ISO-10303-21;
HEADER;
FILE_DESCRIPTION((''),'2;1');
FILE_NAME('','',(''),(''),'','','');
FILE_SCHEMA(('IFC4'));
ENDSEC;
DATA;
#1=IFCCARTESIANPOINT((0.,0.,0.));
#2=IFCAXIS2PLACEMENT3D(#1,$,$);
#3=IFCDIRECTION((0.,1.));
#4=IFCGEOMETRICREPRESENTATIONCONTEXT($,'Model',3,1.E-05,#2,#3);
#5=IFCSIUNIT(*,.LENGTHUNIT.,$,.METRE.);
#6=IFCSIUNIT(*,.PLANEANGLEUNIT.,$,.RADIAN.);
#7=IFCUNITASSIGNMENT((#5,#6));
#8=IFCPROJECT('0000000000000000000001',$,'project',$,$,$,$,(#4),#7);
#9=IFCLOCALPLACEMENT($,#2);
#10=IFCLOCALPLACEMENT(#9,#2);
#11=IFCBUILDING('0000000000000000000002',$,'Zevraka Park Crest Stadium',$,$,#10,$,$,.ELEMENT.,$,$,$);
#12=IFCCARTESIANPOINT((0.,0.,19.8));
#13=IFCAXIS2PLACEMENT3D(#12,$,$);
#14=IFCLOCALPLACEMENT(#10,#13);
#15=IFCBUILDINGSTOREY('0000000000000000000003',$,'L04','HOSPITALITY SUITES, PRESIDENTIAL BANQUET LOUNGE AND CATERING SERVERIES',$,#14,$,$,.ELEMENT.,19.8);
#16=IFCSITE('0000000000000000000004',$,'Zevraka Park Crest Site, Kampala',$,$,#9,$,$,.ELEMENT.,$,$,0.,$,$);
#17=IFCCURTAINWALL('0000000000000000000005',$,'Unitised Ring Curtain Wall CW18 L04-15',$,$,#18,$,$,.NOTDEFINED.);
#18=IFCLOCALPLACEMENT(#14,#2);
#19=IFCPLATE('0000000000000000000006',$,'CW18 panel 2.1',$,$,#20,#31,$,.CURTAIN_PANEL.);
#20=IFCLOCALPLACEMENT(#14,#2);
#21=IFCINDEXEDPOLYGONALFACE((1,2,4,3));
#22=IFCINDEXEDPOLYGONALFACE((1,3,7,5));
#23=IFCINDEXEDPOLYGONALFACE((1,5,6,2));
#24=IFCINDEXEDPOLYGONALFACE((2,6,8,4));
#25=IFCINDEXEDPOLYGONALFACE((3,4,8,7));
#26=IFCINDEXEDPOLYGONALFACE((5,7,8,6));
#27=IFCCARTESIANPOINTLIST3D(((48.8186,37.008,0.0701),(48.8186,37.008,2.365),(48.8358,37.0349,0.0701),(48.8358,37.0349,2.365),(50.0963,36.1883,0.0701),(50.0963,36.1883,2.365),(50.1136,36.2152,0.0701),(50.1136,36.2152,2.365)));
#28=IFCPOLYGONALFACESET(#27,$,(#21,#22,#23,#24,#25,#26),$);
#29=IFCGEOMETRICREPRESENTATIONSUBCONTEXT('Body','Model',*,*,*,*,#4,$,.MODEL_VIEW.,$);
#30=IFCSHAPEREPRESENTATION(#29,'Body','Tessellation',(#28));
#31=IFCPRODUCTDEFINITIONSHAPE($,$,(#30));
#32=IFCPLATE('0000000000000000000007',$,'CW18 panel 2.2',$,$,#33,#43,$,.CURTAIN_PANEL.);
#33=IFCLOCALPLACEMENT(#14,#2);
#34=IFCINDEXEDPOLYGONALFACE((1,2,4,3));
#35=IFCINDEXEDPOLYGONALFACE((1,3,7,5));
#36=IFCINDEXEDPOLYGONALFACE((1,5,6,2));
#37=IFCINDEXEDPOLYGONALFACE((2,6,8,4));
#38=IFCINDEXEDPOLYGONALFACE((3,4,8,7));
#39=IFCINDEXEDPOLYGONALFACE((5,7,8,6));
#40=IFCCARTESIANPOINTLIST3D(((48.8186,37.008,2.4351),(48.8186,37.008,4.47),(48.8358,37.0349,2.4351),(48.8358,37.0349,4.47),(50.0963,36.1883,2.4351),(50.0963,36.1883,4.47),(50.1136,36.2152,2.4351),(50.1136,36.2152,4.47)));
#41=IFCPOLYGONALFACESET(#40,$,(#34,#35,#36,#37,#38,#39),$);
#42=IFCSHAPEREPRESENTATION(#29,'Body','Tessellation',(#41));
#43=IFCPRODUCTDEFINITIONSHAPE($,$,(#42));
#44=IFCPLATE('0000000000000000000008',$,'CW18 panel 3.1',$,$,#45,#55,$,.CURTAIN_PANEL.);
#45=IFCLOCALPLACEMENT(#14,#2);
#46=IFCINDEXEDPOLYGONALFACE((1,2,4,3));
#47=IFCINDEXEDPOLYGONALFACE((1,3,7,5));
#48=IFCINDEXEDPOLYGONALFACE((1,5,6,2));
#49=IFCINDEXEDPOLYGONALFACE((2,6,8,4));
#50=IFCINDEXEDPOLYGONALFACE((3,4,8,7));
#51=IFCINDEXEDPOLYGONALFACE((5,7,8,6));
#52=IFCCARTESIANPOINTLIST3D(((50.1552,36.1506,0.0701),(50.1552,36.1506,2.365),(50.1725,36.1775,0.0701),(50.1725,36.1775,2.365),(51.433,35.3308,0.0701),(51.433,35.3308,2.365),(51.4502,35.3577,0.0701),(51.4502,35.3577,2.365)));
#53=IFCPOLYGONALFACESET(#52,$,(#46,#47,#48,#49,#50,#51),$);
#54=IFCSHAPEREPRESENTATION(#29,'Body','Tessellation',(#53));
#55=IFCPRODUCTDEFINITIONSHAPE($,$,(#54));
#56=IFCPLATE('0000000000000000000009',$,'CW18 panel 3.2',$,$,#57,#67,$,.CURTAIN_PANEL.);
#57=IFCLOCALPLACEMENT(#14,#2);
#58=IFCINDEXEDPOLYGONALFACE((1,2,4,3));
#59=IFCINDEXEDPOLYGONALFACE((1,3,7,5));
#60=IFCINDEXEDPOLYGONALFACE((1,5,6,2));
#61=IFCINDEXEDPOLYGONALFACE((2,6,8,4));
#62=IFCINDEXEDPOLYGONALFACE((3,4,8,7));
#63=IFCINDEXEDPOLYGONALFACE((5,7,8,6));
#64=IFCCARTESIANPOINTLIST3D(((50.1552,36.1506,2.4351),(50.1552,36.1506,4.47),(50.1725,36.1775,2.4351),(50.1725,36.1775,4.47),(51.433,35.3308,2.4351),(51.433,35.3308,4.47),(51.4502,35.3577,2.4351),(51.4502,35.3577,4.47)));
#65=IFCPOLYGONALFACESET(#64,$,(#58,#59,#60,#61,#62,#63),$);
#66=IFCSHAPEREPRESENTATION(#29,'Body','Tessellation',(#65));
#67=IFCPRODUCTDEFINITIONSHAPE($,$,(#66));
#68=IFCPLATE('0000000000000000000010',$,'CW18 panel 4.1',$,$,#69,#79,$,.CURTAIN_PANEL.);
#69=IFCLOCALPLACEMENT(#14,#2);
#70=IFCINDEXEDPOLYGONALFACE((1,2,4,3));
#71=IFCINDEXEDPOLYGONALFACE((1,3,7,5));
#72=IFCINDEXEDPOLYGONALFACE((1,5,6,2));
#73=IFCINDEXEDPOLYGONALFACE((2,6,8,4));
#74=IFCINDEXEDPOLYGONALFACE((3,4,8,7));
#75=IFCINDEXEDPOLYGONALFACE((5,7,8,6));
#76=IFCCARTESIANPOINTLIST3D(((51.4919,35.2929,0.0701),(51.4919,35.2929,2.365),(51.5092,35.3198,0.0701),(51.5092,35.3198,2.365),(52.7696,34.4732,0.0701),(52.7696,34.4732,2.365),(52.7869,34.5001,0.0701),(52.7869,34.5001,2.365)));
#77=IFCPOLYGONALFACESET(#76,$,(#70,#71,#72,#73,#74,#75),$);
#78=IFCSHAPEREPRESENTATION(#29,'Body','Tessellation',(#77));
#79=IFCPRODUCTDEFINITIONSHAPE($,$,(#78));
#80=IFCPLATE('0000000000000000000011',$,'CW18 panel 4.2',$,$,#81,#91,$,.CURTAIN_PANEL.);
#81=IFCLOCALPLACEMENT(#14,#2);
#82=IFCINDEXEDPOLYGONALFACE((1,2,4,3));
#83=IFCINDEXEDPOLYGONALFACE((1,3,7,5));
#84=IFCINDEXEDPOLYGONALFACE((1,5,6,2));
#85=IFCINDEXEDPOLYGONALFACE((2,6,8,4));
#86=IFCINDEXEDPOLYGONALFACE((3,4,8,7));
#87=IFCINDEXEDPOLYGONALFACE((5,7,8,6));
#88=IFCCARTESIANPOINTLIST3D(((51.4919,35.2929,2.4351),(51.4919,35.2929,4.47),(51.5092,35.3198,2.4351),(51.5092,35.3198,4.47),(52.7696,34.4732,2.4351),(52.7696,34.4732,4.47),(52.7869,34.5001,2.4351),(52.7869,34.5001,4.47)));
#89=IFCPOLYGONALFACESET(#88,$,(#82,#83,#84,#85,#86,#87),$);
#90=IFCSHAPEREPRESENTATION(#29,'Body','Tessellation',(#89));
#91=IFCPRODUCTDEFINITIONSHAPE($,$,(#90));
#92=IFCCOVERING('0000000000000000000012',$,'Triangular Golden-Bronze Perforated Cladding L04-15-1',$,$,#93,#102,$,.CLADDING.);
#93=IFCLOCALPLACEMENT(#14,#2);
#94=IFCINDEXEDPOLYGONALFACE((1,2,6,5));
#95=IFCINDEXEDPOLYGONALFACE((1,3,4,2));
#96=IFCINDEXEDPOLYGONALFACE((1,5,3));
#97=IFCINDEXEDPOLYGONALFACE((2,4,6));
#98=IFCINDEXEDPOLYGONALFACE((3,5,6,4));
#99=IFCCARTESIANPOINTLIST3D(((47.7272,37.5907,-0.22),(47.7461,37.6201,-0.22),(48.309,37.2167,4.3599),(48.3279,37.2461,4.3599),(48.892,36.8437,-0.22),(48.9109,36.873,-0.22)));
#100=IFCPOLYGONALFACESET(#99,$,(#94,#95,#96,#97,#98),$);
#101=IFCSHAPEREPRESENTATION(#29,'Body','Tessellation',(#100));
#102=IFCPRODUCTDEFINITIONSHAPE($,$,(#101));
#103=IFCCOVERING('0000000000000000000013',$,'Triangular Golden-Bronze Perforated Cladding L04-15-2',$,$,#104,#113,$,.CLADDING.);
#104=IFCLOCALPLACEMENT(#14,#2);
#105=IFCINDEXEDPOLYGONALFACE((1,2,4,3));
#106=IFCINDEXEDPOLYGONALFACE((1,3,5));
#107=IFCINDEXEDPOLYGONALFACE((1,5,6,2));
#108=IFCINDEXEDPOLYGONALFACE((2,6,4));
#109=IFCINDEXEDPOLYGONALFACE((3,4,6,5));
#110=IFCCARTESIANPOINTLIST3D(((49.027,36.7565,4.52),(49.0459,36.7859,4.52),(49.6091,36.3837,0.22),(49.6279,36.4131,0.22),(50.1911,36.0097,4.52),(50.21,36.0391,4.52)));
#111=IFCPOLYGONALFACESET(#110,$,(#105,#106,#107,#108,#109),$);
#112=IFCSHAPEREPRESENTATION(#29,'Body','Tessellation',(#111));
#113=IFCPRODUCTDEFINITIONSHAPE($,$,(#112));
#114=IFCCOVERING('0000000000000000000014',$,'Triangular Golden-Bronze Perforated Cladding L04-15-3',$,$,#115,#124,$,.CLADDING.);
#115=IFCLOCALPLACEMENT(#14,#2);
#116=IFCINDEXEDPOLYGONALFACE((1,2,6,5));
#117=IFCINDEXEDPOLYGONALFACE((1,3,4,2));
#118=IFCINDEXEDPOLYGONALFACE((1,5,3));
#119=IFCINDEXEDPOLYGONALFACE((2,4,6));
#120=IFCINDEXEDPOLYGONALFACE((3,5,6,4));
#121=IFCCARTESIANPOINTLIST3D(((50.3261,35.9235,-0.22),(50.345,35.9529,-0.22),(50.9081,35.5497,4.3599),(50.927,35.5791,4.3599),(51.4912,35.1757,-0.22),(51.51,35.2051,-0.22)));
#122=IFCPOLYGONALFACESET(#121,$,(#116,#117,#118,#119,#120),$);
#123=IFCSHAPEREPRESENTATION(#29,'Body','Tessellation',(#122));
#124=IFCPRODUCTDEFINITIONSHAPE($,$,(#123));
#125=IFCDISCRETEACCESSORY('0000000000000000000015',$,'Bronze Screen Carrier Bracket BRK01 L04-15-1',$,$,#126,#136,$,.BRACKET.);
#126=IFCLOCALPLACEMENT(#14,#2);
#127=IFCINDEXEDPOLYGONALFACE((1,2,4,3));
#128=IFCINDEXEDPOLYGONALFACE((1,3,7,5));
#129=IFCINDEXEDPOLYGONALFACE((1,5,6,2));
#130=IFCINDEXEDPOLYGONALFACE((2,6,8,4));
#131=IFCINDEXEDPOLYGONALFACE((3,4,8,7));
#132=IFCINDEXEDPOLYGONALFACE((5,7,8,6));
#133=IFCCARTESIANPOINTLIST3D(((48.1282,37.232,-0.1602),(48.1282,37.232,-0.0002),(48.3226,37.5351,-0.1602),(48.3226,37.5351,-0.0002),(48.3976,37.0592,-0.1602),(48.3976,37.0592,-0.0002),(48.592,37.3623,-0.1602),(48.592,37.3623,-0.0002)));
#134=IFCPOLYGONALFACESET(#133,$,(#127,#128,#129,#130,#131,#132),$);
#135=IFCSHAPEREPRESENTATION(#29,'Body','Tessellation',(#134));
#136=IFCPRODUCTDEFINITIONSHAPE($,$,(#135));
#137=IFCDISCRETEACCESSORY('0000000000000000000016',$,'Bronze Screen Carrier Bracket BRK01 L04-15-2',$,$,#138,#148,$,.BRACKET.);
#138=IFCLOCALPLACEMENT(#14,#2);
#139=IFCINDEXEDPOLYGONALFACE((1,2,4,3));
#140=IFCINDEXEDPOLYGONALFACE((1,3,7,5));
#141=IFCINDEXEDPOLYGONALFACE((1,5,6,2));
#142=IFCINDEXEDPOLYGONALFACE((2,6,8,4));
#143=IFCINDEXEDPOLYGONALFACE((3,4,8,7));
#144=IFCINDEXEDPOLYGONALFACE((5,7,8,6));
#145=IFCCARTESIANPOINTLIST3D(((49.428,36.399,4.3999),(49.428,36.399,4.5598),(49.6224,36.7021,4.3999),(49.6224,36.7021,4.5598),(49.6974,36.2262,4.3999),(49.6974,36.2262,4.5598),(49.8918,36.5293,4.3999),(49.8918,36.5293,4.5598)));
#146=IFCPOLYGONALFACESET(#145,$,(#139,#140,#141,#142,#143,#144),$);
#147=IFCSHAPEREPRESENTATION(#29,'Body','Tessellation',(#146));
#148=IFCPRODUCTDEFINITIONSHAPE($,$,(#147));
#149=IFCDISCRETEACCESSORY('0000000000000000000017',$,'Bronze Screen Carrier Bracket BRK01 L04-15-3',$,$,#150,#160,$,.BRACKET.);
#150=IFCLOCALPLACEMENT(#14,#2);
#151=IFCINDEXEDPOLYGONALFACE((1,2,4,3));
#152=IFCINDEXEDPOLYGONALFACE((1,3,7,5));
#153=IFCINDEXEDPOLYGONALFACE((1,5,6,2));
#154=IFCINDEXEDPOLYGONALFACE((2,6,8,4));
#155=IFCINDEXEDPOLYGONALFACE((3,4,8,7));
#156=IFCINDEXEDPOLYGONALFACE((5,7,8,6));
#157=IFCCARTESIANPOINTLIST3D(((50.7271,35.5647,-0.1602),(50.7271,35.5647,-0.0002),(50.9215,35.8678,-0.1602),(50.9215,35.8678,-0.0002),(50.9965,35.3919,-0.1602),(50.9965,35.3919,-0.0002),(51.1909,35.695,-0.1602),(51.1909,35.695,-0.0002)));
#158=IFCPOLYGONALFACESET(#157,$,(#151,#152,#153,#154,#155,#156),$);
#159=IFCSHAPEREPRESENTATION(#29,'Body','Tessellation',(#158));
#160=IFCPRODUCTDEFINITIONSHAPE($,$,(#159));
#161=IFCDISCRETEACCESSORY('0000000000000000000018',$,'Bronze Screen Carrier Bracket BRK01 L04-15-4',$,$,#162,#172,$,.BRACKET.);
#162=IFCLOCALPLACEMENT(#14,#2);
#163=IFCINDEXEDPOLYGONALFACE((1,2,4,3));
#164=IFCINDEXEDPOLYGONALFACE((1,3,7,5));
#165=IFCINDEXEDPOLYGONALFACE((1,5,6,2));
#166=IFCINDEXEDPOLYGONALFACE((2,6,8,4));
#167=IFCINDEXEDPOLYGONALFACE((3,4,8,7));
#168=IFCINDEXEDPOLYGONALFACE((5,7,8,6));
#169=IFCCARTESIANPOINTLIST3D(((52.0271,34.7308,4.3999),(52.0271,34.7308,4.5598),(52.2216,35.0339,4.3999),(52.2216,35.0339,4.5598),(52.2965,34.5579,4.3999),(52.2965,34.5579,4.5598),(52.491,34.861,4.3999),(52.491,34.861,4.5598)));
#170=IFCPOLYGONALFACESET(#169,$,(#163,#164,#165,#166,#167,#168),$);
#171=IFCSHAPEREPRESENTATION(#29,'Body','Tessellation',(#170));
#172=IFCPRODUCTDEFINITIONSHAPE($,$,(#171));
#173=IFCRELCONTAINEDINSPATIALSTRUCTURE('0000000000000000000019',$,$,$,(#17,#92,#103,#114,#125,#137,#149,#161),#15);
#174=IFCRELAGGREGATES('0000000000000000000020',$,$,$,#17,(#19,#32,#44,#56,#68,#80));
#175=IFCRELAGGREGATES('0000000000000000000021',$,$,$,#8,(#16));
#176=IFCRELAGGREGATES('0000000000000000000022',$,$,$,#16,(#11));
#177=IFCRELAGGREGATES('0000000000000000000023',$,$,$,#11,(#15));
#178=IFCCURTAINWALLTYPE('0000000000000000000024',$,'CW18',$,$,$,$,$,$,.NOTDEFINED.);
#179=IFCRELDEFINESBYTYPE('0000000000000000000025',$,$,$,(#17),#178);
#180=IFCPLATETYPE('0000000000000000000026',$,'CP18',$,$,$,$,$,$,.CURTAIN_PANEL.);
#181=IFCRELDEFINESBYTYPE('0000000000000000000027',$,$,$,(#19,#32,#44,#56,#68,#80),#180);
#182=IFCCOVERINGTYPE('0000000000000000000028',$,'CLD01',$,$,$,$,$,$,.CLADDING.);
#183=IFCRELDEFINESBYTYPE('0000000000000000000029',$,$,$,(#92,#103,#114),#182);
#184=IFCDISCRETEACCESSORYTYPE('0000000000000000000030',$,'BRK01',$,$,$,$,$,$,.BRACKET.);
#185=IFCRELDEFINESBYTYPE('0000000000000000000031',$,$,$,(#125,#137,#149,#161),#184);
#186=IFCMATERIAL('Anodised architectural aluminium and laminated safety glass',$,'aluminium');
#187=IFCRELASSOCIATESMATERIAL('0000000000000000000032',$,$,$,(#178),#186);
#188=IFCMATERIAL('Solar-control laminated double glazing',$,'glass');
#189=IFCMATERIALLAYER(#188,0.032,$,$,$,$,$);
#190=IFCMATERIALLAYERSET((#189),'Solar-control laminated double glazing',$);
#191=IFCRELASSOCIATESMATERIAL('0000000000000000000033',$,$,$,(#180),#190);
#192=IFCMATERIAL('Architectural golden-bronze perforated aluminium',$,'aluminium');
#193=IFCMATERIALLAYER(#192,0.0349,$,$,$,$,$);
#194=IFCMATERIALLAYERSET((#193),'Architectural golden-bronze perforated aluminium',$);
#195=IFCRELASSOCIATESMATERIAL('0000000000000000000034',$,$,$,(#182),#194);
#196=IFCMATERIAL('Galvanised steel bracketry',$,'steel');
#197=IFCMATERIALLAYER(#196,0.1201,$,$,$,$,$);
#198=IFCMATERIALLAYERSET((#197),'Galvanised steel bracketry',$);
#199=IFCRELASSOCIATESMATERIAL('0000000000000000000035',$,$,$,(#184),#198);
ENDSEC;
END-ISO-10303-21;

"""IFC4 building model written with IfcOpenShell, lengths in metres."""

from ifc_helpers import new_model, si_unit, direction, frame, origin, origin_2d, place, context, subcontext, project, spatial, polyline, rectangle, outline, extrude, material, layer, layer_set, type_object, element, aggregate, save


model = new_model("IFC4")

# Units and contexts
model_context = context("Model", 3, precision=1e-05, world=origin(), true_north=direction((0.0, 1.0)))
body_context = subcontext(model_context, "Body", "Model", "MODEL_VIEW")
ifc_project = project(units=[si_unit("LENGTHUNIT", "METRE"), si_unit("PLANEANGLEUNIT", "RADIAN")], contexts=[model_context])

# Site, building, storey
site_placement = place(None, origin())
site = spatial("IfcSite", under=ifc_project, at=site_placement, Name="Zevraka Park Crest Site, Kampala", CompositionType="ELEMENT", RefElevation=0.0)
building_placement = place(site_placement, origin())
building = spatial("IfcBuilding", under=site, at=building_placement, Name="Zevraka Park Crest Stadium", CompositionType="ELEMENT")
storey_placement = place(building_placement, frame((0.0, 0.0, 19.8)))
storey = spatial("IfcBuildingStorey", under=building, at=storey_placement, Name="L04", Description="HOSPITALITY SUITES, PRESIDENTIAL BANQUET LOUNGE AND CATERING SERVERIES", CompositionType="ELEMENT", Elevation=19.8)

# Curtain wall, plates
ifc_material_1 = material(Name="Anodised architectural aluminium and laminated safety glass", Category="aluminium")
curtain_wall_type = type_object("IfcCurtainWallType", Name="CW18", PredefinedType="NOTDEFINED", material=ifc_material_1)
curtain_wall_placement = place(storey_placement, origin())
curtain_wall = element("IfcCurtainWall", 1, at=curtain_wall_placement, inside=storey, type_object=curtain_wall_type, Name="Unitised Ring Curtain Wall CW18 L04-15", PredefinedType="NOTDEFINED")
ifc_material_2 = material(Name="Solar-control laminated double glazing", Category="glass")
ifc_layer_1 = layer(ifc_material_2, 0.032)
ifc_layer_set_1 = layer_set([ifc_layer_1], Name="Solar-control laminated double glazing")
plate_type = type_object("IfcPlateType", Name="CP18", PredefinedType="CURTAIN_PANEL", material=ifc_layer_set_1)
plate_1_placement = place(storey_placement, frame((49.4661, 36.6116, 0.0701), z_axis=(0.0, 0.0, 1.0), x_axis=(0.841678, -0.53998, 0.0)))
plate_1 = element("IfcPlate", 2, at=plate_1_placement, type_object=plate_type, Name="CW18 panel 2.1", PredefinedType="CURTAIN_PANEL", context=body_context, shape_type="SweptSolid", body=[
    extrude(rectangle(XDim=1.5181, YDim=0.032, at=origin_2d()), origin(), (0.0, 0.0, 1.0), 2.2949),
])
plate_2_placement = place(storey_placement, frame((49.4661, 36.6116, 2.4351), z_axis=(0.0, 0.0, 1.0), x_axis=(0.841678, -0.53998, 0.0)))
plate_2 = element("IfcPlate", 3, at=plate_2_placement, type_object=plate_type, Name="CW18 panel 2.2", PredefinedType="CURTAIN_PANEL", context=body_context, shape_type="SweptSolid", body=[
    extrude(rectangle(XDim=1.5181, YDim=0.032, at=origin_2d()), origin(), (0.0, 0.0, 1.0), 2.0349),
])
plate_3_placement = place(storey_placement, frame((50.8027, 35.7542, 0.0701), z_axis=(0.0, 0.0, 1.0), x_axis=(0.841678, -0.53998, 0.0)))
plate_3 = element("IfcPlate", 4, at=plate_3_placement, type_object=plate_type, Name="CW18 panel 3.1", PredefinedType="CURTAIN_PANEL", context=body_context, shape_type="SweptSolid", body=[
    extrude(rectangle(XDim=1.5181, YDim=0.032, at=origin_2d()), origin(), (0.0, 0.0, 1.0), 2.2949),
])
plate_4_placement = place(storey_placement, frame((50.8027, 35.7542, 2.4351), z_axis=(0.0, 0.0, 1.0), x_axis=(0.841678, -0.53998, 0.0)))
plate_4 = element("IfcPlate", 5, at=plate_4_placement, type_object=plate_type, Name="CW18 panel 3.2", PredefinedType="CURTAIN_PANEL", context=body_context, shape_type="SweptSolid", body=[
    extrude(rectangle(XDim=1.5181, YDim=0.032, at=origin_2d()), origin(), (0.0, 0.0, 1.0), 2.0349),
])
plate_5_placement = place(storey_placement, frame((52.1394, 34.8965, 0.0701), z_axis=(0.0, 0.0, 1.0), x_axis=(0.841678, -0.53998, 0.0)))
plate_5 = element("IfcPlate", 6, at=plate_5_placement, type_object=plate_type, Name="CW18 panel 4.1", PredefinedType="CURTAIN_PANEL", context=body_context, shape_type="SweptSolid", body=[
    extrude(rectangle(XDim=1.5181, YDim=0.032, at=origin_2d()), origin(), (0.0, 0.0, 1.0), 2.2949),
])
plate_6_placement = place(storey_placement, frame((52.1394, 34.8965, 2.4351), z_axis=(0.0, 0.0, 1.0), x_axis=(0.841678, -0.53998, 0.0)))
plate_6 = element("IfcPlate", 7, at=plate_6_placement, type_object=plate_type, Name="CW18 panel 4.2", PredefinedType="CURTAIN_PANEL", context=body_context, shape_type="SweptSolid", body=[
    extrude(rectangle(XDim=1.5181, YDim=0.032, at=origin_2d()), origin(), (0.0, 0.0, 1.0), 2.0349),
])
aggregate(curtain_wall, [plate_1, plate_2, plate_3, plate_4, plate_5, plate_6])

# Coverings
ifc_material_3 = material(Name="Architectural golden-bronze perforated aluminium", Category="aluminium")
ifc_layer_2 = layer(ifc_material_3, 0.0349)
ifc_layer_set_2 = layer_set([ifc_layer_2], Name="Architectural golden-bronze perforated aluminium")
covering_type = type_object("IfcCoveringType", Name="CLD01", PredefinedType="CLADDING", material=ifc_layer_set_2)
covering_1_placement = place(storey_placement, frame((47.7461, 37.6201, -0.22), z_axis=(0.539875, 0.841746, 0.000162), x_axis=(0.841746, -0.539875, 0.0)))
element("IfcCovering", 8, at=covering_1_placement, inside=storey, type_object=covering_type, Name="Triangular Golden-Bronze Perforated Cladding L04-15-1", PredefinedType="CLADDING", context=body_context, shape_type="SweptSolid", body=[
    extrude(outline(polyline([(0.0, 0.0), (1.3838, 0.0), (0.6916, -4.5798), (0.0, 0.0)])), origin(), (0.0, 0.0, -1.0), 0.0349),
])
covering_2_placement = place(storey_placement, frame((50.21, 36.0391, 4.52), z_axis=(0.53999, 0.841671, 0.000119), x_axis=(-0.841671, 0.53999, 0.0)))
element("IfcCovering", 9, at=covering_2_placement, inside=storey, type_object=covering_type, Name="Triangular Golden-Bronze Perforated Cladding L04-15-2", PredefinedType="CLADDING", context=body_context, shape_type="SweptSolid", body=[
    extrude(outline(polyline([(0.0, 0.0), (1.383, 0.0), (0.6918, -4.3), (0.0, 0.0)])), origin(), (0.0, 0.0, -1.0), 0.0349),
])
covering_3_placement = place(storey_placement, frame((50.345, 35.9529, -0.22), z_axis=(0.540169, 0.841556, 0.000035), x_axis=(0.841556, -0.540169, 0.0)))
element("IfcCovering", 10, at=covering_3_placement, inside=storey, type_object=covering_type, Name="Triangular Golden-Bronze Perforated Cladding L04-15-3", PredefinedType="CLADDING", context=body_context, shape_type="SweptSolid", body=[
    extrude(outline(polyline([(0.0, 0.0), (1.3844, 0.0), (0.6917, -4.5798), (0.0, 0.0)])), origin(), (0.0, 0.0, -1.0), 0.0349),
])

# Discrete accessories
ifc_material_4 = material(Name="Galvanised steel bracketry", Category="steel")
ifc_layer_3 = layer(ifc_material_4, 0.1201)
ifc_layer_set_3 = layer_set([ifc_layer_3], Name="Galvanised steel bracketry")
discrete_accessory_type = type_object("IfcDiscreteAccessoryType", Name="BRK01", PredefinedType="BRACKET", material=ifc_layer_set_3)
for number, where, z_axis, x_axis, name in (
    (11, (48.3601, 37.2971, -0.1602), (0.0, 0.0, 1.0), (0.841699, -0.539947, 0.0), "Bronze Screen Carrier Bracket BRK01 L04-15-1"),
    (12, (49.6599, 36.4641, 4.3999), (0.0, 0.0, 1.0), (0.841699, -0.539947, 0.0), "Bronze Screen Carrier Bracket BRK01 L04-15-2"),
    (13, (50.959, 35.6299, -0.1602), (0.0, 0.0, 1.0), (0.841699, -0.539947, 0.0), "Bronze Screen Carrier Bracket BRK01 L04-15-3"),
    (14, (52.259, 34.7959, 4.3999), (0.0, 0.0, 1.0), (0.841699, -0.539947, 0.0), "Bronze Screen Carrier Bracket BRK01 L04-15-4"),
):
    element("IfcDiscreteAccessory", number, at=place(storey_placement, frame(where, z_axis=z_axis, x_axis=x_axis)), inside=storey, type_object=discrete_accessory_type, Name=name, PredefinedType="BRACKET", context=body_context, shape_type="SweptSolid", body=[
        extrude(rectangle(XDim=0.3201, YDim=0.3601, at=origin_2d()), origin(), (0.0, 0.0, 1.0), 0.1599),
    ])

save(model, "model.ifc")
